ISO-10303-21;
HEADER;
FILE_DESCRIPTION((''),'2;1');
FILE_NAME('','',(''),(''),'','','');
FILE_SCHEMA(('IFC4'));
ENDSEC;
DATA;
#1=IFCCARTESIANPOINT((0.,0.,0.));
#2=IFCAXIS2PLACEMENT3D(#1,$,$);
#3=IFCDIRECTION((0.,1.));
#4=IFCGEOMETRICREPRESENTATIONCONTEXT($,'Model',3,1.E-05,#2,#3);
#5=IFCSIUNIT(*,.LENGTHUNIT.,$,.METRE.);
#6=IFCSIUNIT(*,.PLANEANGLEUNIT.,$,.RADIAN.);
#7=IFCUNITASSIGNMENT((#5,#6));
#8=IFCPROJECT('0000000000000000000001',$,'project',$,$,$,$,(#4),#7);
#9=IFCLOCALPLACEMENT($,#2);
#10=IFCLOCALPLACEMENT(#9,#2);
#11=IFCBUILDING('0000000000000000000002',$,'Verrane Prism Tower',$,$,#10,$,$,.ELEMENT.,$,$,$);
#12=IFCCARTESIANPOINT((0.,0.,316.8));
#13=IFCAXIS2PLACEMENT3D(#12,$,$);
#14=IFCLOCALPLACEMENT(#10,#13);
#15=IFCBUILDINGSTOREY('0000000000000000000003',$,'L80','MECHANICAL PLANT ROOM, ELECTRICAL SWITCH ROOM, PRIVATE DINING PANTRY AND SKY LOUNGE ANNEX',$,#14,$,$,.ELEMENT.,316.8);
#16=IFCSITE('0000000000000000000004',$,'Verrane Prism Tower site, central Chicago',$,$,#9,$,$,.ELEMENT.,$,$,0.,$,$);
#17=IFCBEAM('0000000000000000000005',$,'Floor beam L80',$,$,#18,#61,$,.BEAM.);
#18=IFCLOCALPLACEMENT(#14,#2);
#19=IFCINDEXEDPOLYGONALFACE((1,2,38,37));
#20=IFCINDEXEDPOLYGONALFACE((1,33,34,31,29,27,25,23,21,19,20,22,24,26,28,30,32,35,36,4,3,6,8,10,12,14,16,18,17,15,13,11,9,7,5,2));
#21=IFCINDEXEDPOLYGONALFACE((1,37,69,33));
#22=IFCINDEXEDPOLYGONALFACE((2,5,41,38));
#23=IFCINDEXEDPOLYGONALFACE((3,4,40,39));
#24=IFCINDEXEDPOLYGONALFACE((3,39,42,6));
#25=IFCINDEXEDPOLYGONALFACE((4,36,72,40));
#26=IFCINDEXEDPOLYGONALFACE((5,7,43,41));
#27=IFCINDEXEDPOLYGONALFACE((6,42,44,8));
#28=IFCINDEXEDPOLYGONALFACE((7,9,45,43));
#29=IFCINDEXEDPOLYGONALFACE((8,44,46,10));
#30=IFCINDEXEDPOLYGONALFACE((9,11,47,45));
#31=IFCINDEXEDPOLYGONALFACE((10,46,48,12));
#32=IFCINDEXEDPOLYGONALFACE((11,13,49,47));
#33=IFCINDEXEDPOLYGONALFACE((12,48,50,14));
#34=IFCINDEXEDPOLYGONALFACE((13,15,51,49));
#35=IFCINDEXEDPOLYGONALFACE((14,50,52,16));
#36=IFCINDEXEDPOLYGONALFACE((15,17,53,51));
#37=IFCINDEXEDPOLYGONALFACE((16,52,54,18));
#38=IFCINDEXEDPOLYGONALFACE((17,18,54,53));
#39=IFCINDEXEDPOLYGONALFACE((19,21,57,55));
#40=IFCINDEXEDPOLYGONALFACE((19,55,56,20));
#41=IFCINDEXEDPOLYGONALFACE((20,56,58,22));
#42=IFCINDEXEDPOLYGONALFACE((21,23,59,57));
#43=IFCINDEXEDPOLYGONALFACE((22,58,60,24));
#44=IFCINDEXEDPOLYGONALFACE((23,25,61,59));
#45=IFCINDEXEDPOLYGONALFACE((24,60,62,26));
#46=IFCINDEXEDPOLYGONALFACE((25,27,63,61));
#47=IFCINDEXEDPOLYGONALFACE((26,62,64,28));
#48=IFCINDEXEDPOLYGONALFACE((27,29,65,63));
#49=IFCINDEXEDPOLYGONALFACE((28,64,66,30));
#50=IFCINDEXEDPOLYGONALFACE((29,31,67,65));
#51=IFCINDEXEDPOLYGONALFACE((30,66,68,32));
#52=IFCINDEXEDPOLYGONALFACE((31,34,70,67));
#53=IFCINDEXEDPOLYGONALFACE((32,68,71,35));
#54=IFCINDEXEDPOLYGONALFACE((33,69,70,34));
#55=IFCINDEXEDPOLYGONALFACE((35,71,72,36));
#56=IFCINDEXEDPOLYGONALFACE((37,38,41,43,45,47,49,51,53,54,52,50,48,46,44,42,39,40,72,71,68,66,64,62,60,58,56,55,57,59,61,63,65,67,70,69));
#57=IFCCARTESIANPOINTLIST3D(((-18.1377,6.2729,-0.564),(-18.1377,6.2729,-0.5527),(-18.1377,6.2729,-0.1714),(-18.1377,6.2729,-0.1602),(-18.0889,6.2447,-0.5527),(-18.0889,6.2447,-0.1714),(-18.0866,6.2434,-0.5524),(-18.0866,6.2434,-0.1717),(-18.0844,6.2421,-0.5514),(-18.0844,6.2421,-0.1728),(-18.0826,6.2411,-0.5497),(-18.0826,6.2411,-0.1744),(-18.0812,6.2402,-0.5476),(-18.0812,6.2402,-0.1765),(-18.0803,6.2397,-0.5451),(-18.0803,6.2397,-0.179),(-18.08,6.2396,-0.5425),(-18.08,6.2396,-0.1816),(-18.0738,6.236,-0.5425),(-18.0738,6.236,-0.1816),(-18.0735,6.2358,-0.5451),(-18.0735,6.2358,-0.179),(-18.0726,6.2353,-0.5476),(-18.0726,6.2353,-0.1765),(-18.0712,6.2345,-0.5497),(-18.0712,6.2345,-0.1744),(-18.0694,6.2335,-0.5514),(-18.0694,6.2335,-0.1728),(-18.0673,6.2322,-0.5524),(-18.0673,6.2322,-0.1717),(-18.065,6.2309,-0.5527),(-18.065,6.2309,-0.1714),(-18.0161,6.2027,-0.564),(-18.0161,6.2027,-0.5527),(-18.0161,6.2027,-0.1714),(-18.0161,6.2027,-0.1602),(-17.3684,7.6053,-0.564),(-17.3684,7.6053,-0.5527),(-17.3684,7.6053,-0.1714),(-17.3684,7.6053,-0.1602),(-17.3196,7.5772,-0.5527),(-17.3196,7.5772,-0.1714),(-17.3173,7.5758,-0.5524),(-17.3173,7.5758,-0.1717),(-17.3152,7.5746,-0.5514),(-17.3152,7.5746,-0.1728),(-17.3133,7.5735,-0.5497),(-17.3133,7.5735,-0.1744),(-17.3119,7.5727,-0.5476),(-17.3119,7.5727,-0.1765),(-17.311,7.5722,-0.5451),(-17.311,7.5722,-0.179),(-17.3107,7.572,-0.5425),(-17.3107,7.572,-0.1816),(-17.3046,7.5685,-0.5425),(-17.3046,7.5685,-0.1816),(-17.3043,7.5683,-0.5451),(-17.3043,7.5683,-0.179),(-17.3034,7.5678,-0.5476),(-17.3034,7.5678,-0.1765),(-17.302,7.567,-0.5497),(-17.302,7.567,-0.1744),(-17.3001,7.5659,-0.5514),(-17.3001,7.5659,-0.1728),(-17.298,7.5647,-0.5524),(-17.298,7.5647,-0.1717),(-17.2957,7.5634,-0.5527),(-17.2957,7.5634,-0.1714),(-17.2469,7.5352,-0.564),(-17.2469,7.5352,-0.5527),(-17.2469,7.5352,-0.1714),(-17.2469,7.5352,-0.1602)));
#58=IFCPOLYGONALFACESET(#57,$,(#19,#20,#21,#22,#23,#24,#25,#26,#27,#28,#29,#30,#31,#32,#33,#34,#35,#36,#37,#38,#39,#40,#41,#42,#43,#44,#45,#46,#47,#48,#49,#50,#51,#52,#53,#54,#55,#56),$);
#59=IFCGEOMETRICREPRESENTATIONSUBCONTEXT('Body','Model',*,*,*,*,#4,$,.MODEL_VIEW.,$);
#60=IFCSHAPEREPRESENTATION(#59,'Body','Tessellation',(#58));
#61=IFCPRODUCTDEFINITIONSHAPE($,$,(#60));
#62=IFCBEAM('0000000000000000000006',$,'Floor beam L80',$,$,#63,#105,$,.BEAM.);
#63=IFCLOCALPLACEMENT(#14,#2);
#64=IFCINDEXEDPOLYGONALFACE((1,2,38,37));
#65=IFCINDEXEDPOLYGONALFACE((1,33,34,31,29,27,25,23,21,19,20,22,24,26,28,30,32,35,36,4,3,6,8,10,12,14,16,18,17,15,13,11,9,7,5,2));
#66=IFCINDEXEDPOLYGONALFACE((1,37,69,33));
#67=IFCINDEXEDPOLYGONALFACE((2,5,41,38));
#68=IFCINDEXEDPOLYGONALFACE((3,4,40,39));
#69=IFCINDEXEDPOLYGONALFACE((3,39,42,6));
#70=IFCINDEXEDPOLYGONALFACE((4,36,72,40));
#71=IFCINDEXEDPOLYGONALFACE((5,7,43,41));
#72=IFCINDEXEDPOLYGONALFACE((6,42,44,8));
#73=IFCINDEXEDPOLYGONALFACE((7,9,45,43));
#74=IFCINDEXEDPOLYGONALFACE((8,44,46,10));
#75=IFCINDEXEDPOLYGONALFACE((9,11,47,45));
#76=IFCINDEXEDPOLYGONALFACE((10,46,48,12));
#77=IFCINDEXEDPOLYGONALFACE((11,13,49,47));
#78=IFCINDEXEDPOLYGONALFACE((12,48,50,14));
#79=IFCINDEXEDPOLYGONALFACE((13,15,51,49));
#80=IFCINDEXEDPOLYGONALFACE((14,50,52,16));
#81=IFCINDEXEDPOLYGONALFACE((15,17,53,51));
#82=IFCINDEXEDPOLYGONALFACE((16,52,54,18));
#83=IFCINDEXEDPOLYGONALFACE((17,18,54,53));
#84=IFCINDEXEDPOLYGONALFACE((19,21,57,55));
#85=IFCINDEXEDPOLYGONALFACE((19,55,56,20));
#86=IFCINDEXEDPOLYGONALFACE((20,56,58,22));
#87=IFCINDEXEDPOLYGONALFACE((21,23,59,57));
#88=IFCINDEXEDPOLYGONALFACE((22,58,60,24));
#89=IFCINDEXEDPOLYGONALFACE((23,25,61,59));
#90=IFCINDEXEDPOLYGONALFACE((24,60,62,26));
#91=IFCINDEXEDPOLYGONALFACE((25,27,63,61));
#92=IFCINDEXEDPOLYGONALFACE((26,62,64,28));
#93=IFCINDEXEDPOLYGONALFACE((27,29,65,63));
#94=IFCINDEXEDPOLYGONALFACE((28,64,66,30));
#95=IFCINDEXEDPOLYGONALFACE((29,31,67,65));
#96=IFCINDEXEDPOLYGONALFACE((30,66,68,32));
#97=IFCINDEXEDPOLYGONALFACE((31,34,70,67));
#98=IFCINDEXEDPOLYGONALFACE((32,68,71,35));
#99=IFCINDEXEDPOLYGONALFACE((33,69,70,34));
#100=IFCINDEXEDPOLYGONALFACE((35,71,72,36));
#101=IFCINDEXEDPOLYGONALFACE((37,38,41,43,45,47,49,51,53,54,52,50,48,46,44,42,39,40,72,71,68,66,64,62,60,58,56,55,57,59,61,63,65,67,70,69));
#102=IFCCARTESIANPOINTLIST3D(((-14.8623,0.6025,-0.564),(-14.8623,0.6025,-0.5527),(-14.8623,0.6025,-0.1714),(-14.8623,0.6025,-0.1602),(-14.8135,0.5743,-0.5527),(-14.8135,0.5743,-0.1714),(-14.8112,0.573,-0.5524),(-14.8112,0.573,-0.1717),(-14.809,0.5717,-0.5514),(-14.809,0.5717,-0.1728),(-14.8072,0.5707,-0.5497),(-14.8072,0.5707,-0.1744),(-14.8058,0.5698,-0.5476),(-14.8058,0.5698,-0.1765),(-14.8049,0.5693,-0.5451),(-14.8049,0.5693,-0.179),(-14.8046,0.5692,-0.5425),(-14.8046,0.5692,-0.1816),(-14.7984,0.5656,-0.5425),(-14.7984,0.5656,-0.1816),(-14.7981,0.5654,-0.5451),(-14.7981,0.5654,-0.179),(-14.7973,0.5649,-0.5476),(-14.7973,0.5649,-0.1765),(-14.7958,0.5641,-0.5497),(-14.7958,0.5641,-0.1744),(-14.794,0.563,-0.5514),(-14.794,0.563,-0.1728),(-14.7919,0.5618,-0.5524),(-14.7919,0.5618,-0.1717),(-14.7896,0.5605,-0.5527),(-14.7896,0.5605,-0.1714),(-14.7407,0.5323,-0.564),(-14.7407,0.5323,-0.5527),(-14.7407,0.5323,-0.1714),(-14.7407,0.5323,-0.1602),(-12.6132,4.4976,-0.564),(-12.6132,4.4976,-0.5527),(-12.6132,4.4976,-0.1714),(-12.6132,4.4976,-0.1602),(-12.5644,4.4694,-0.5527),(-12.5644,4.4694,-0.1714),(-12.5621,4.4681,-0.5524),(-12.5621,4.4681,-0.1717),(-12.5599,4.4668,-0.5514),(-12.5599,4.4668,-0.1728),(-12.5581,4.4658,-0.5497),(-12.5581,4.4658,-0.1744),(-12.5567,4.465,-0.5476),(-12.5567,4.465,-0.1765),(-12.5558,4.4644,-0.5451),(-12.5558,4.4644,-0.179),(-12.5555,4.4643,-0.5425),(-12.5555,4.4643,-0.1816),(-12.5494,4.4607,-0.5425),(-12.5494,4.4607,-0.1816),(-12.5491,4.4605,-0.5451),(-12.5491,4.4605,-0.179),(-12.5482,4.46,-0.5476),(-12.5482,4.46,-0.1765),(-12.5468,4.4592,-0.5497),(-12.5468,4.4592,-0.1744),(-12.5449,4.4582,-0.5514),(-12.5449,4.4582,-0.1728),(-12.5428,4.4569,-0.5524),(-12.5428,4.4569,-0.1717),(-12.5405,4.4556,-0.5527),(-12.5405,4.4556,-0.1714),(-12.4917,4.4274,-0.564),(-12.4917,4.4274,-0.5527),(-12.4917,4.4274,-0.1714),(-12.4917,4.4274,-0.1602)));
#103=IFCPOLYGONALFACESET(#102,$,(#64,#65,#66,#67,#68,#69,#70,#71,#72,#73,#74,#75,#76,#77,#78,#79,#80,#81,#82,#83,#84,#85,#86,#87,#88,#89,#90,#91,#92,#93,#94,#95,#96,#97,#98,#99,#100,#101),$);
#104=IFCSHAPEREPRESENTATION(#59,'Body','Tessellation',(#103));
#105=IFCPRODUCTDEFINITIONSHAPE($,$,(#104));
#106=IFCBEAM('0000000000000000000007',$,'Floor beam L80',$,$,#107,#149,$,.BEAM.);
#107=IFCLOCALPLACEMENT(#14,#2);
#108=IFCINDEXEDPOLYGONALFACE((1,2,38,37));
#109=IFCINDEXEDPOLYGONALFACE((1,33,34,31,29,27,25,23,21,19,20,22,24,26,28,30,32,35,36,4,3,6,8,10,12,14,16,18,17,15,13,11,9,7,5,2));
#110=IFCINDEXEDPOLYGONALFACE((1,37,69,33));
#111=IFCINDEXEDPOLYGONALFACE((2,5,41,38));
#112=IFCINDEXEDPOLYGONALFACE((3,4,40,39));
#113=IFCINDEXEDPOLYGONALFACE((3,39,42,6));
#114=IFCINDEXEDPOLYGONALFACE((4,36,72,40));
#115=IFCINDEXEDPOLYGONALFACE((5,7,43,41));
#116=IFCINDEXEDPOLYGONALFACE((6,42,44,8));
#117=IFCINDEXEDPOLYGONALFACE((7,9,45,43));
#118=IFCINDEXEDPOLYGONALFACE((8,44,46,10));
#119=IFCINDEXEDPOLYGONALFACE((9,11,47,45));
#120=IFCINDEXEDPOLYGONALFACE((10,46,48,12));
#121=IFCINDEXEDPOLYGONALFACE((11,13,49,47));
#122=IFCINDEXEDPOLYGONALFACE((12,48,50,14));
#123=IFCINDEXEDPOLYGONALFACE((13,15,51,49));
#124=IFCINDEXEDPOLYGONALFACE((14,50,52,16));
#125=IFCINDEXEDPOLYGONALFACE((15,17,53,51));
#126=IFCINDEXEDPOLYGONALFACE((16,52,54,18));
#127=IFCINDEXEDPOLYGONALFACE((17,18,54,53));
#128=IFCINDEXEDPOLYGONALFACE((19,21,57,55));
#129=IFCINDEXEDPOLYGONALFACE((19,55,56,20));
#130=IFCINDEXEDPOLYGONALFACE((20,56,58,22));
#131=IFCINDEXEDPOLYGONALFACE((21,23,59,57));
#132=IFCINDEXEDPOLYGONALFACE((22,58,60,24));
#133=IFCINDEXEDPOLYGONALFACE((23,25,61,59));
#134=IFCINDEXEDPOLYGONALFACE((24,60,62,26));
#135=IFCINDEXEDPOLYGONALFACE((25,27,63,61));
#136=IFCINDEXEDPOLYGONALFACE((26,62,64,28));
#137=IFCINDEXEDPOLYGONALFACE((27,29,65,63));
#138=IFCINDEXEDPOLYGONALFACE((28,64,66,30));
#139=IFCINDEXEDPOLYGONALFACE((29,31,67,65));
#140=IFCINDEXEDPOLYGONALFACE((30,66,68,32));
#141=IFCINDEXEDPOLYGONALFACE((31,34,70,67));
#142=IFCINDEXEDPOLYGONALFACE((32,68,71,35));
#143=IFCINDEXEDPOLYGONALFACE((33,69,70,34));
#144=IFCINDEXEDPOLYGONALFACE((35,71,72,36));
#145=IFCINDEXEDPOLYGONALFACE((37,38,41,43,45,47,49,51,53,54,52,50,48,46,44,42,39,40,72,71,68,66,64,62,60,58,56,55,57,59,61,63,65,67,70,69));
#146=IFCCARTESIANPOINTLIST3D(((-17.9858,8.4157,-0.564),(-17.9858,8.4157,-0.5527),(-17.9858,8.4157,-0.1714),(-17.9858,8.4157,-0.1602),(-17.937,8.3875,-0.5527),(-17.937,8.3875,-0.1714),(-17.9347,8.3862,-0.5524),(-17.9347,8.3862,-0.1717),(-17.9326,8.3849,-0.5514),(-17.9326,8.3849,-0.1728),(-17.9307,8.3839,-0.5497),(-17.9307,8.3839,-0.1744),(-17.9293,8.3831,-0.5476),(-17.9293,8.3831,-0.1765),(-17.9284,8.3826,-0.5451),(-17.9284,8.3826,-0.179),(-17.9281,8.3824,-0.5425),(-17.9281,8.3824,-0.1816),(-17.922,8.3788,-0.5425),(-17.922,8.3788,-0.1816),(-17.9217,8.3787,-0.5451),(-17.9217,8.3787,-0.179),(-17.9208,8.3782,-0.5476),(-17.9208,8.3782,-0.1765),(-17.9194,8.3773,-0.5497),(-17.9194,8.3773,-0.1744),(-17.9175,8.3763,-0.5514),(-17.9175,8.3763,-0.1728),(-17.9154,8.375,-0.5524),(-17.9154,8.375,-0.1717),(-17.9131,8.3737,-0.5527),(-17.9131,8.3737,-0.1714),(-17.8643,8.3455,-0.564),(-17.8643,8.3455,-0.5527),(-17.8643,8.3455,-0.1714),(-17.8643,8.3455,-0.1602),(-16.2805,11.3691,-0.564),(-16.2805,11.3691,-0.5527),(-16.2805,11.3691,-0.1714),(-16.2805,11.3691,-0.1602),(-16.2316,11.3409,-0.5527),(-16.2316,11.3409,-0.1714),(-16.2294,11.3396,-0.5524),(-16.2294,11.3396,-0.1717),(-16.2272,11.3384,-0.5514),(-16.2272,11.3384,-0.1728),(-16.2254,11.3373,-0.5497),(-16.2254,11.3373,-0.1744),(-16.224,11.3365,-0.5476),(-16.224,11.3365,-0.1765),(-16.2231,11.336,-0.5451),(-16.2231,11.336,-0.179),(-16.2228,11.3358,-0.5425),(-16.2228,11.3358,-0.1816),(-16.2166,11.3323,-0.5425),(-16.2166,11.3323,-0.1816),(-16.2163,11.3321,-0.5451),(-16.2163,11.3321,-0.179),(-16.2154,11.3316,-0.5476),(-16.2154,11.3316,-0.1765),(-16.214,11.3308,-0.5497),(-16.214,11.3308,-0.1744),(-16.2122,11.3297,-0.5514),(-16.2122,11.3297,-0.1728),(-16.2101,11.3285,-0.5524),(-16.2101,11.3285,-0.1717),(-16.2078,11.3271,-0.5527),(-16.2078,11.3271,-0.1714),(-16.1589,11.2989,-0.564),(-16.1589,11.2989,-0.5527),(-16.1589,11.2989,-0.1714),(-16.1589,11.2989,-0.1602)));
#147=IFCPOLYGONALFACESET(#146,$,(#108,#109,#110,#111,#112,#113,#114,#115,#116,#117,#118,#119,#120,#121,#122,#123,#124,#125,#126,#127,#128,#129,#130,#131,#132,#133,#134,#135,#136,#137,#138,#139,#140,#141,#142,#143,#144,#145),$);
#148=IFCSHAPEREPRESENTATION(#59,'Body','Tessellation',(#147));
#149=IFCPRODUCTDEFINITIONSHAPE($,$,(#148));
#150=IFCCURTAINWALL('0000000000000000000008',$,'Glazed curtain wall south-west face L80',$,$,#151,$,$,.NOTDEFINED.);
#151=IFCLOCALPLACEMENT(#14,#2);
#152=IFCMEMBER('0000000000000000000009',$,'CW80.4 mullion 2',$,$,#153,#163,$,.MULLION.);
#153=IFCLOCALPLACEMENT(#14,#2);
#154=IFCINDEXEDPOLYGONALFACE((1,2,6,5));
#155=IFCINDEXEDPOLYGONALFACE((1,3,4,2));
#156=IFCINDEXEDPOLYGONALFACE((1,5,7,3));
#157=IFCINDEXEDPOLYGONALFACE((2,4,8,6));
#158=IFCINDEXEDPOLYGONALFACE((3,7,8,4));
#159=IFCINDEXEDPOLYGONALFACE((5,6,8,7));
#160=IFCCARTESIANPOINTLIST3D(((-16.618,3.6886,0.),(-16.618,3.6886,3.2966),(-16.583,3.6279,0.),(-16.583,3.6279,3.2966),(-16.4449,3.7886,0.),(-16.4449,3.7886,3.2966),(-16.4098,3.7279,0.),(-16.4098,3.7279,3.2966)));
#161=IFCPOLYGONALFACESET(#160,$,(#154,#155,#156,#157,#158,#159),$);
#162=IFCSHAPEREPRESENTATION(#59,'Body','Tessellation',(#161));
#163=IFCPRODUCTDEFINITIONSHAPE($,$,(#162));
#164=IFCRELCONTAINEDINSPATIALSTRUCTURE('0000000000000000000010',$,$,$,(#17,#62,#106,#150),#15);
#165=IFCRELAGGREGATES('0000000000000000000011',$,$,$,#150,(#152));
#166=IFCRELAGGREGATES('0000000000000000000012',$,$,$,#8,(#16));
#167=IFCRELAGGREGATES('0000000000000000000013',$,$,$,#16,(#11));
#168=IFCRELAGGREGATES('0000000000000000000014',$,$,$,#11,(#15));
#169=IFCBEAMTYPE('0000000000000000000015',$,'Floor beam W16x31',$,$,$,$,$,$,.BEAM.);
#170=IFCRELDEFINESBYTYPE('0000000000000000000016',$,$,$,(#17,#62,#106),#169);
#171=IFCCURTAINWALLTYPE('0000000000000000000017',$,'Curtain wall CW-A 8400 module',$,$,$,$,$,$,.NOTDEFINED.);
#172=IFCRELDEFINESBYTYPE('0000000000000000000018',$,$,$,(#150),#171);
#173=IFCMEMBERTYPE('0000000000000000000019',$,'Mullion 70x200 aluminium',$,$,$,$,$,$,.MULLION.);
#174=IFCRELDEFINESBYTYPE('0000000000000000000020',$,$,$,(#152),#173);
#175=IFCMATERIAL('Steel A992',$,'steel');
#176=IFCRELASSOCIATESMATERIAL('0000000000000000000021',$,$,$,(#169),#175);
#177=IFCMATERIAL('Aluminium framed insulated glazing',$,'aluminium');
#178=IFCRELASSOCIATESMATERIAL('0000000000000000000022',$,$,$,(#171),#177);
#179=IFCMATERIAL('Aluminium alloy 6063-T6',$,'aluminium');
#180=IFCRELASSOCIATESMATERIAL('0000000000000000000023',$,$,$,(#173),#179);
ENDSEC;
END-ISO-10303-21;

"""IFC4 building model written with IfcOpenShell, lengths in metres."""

from ifc_helpers import new_model, si_unit, direction, frame, origin, origin_2d, place, context, subcontext, project, spatial, rectangle, i_section, extrude, material, material_profile, profile_set, type_object, element, aggregate, save


model = new_model("IFC4")

# Units and contexts
model_context = context("Model", 3, precision=1e-05, world=origin(), true_north=direction((0.0, 1.0)))
body_context = subcontext(model_context, "Body", "Model", "MODEL_VIEW")
ifc_project = project(units=[si_unit("LENGTHUNIT", "METRE"), si_unit("PLANEANGLEUNIT", "RADIAN")], contexts=[model_context])

# Site, building, storey
site_placement = place(None, origin())
site = spatial("IfcSite", under=ifc_project, at=site_placement, Name="Verrane Prism Tower site, central Chicago", CompositionType="ELEMENT", RefElevation=0.0)
building_placement = place(site_placement, origin())
building = spatial("IfcBuilding", under=site, at=building_placement, Name="Verrane Prism Tower", CompositionType="ELEMENT")
storey_placement = place(building_placement, frame((0.0, 0.0, 316.8)))
storey = spatial("IfcBuildingStorey", under=building, at=storey_placement, Name="L80", Description="MECHANICAL PLANT ROOM, ELECTRICAL SWITCH ROOM, PRIVATE DINING PANTRY AND SKY LOUNGE ANNEX", CompositionType="ELEMENT", Elevation=316.8)

# Beams
ifc_material_1 = material(Name="Steel A992", Category="steel")
ifc_material_profile_1 = material_profile(ifc_material_1, i_section(OverallWidth=0.1404, OverallDepth=0.4038, WebThickness=0.0071, FlangeThickness=0.0112, FilletRadius=0.0103, at=origin_2d()), Name="W16x31")
ifc_profile_set_1 = profile_set([ifc_material_profile_1], Name="Steel A992")
beam_type_1 = type_object("IfcBeamType", Name="Floor beam W16x31", PredefinedType="BEAM", material=ifc_profile_set_1)
beam_1_placement = place(storey_placement, frame((-18.0769, 6.2378, -0.3621), z_axis=(0.499979, 0.866038, 0.0), x_axis=(-0.866038, 0.499979, 0.0)))
element("IfcBeam", 1, at=beam_1_placement, inside=storey, type_object=beam_type_1, Name="Floor beam L80", PredefinedType="BEAM", context=body_context, shape_type="SweptSolid", body=[
    extrude(i_section(OverallWidth=0.1404, OverallDepth=0.4038, WebThickness=0.0071, FlangeThickness=0.0112, FilletRadius=0.0103, at=origin_2d()), origin(), (0.0, 0.0, 1.0), 1.5386),
])
beam_2_placement = place(storey_placement, frame((-14.8015, 0.5674, -0.3621), z_axis=(0.500039, 0.866003, 0.0), x_axis=(-0.866003, 0.500039, 0.0)))
element("IfcBeam", 2, at=beam_2_placement, inside=storey, type_object=beam_type_1, Name="Floor beam L80", PredefinedType="BEAM", context=body_context, shape_type="SweptSolid", body=[
    extrude(i_section(OverallWidth=0.1404, OverallDepth=0.4038, WebThickness=0.0071, FlangeThickness=0.0112, FilletRadius=0.0103, at=origin_2d()), origin(), (0.0, 0.0, 1.0), 4.4978),
])
beam_3_placement = place(storey_placement, frame((-17.925, 8.3806, -0.3621), z_axis=(0.500043, 0.866001, 0.0), x_axis=(-0.866001, 0.500043, 0.0)))
element("IfcBeam", 3, at=beam_3_placement, inside=storey, type_object=beam_type_1, Name="Floor beam L80", PredefinedType="BEAM", context=body_context, shape_type="SweptSolid", body=[
    extrude(i_section(OverallWidth=0.1404, OverallDepth=0.4038, WebThickness=0.0071, FlangeThickness=0.0112, FilletRadius=0.0103, at=origin_2d()), origin(), (0.0, 0.0, 1.0), 3.4104),
])

# Curtain wall, member
ifc_material_2 = material(Name="Aluminium framed insulated glazing", Category="aluminium")
curtain_wall_type = type_object("IfcCurtainWallType", Name="Curtain wall CW-A 8400 module", PredefinedType="NOTDEFINED", material=ifc_material_2)
curtain_wall_placement = place(storey_placement, origin())
curtain_wall = element("IfcCurtainWall", 4, at=curtain_wall_placement, inside=storey, type_object=curtain_wall_type, Name="Glazed curtain wall south-west face L80", PredefinedType="NOTDEFINED")
ifc_material_3 = material(Name="Aluminium alloy 6063-T6", Category="aluminium")
ifc_material_profile_2 = material_profile(ifc_material_3, rectangle(XDim=0.2, YDim=0.0701, at=origin_2d()), Name="Mullion 70x200 aluminium")
ifc_profile_set_2 = profile_set([ifc_material_profile_2], Name="Aluminium alloy 6063-T6")
member_type_1 = type_object("IfcMemberType", Name="Mullion 70x200 aluminium", PredefinedType="MULLION", material=ifc_profile_set_2)
member_1_placement = place(storey_placement, frame((-16.5139, 3.7083, 0.0), z_axis=(0.0, 0.0, 1.0), x_axis=(0.866025, 0.5, 0.0)))
member_1 = element("IfcMember", 5, at=member_1_placement, type_object=member_type_1, Name="CW80.4 mullion 2", PredefinedType="MULLION", context=body_context, shape_type="SweptSolid", body=[
    extrude(rectangle(XDim=0.2, YDim=0.0701, at=origin_2d()), origin(), (0.0, 0.0, 1.0), 3.2966),
])

aggregate(curtain_wall, [member_1])

save(model, "model.ifc")
